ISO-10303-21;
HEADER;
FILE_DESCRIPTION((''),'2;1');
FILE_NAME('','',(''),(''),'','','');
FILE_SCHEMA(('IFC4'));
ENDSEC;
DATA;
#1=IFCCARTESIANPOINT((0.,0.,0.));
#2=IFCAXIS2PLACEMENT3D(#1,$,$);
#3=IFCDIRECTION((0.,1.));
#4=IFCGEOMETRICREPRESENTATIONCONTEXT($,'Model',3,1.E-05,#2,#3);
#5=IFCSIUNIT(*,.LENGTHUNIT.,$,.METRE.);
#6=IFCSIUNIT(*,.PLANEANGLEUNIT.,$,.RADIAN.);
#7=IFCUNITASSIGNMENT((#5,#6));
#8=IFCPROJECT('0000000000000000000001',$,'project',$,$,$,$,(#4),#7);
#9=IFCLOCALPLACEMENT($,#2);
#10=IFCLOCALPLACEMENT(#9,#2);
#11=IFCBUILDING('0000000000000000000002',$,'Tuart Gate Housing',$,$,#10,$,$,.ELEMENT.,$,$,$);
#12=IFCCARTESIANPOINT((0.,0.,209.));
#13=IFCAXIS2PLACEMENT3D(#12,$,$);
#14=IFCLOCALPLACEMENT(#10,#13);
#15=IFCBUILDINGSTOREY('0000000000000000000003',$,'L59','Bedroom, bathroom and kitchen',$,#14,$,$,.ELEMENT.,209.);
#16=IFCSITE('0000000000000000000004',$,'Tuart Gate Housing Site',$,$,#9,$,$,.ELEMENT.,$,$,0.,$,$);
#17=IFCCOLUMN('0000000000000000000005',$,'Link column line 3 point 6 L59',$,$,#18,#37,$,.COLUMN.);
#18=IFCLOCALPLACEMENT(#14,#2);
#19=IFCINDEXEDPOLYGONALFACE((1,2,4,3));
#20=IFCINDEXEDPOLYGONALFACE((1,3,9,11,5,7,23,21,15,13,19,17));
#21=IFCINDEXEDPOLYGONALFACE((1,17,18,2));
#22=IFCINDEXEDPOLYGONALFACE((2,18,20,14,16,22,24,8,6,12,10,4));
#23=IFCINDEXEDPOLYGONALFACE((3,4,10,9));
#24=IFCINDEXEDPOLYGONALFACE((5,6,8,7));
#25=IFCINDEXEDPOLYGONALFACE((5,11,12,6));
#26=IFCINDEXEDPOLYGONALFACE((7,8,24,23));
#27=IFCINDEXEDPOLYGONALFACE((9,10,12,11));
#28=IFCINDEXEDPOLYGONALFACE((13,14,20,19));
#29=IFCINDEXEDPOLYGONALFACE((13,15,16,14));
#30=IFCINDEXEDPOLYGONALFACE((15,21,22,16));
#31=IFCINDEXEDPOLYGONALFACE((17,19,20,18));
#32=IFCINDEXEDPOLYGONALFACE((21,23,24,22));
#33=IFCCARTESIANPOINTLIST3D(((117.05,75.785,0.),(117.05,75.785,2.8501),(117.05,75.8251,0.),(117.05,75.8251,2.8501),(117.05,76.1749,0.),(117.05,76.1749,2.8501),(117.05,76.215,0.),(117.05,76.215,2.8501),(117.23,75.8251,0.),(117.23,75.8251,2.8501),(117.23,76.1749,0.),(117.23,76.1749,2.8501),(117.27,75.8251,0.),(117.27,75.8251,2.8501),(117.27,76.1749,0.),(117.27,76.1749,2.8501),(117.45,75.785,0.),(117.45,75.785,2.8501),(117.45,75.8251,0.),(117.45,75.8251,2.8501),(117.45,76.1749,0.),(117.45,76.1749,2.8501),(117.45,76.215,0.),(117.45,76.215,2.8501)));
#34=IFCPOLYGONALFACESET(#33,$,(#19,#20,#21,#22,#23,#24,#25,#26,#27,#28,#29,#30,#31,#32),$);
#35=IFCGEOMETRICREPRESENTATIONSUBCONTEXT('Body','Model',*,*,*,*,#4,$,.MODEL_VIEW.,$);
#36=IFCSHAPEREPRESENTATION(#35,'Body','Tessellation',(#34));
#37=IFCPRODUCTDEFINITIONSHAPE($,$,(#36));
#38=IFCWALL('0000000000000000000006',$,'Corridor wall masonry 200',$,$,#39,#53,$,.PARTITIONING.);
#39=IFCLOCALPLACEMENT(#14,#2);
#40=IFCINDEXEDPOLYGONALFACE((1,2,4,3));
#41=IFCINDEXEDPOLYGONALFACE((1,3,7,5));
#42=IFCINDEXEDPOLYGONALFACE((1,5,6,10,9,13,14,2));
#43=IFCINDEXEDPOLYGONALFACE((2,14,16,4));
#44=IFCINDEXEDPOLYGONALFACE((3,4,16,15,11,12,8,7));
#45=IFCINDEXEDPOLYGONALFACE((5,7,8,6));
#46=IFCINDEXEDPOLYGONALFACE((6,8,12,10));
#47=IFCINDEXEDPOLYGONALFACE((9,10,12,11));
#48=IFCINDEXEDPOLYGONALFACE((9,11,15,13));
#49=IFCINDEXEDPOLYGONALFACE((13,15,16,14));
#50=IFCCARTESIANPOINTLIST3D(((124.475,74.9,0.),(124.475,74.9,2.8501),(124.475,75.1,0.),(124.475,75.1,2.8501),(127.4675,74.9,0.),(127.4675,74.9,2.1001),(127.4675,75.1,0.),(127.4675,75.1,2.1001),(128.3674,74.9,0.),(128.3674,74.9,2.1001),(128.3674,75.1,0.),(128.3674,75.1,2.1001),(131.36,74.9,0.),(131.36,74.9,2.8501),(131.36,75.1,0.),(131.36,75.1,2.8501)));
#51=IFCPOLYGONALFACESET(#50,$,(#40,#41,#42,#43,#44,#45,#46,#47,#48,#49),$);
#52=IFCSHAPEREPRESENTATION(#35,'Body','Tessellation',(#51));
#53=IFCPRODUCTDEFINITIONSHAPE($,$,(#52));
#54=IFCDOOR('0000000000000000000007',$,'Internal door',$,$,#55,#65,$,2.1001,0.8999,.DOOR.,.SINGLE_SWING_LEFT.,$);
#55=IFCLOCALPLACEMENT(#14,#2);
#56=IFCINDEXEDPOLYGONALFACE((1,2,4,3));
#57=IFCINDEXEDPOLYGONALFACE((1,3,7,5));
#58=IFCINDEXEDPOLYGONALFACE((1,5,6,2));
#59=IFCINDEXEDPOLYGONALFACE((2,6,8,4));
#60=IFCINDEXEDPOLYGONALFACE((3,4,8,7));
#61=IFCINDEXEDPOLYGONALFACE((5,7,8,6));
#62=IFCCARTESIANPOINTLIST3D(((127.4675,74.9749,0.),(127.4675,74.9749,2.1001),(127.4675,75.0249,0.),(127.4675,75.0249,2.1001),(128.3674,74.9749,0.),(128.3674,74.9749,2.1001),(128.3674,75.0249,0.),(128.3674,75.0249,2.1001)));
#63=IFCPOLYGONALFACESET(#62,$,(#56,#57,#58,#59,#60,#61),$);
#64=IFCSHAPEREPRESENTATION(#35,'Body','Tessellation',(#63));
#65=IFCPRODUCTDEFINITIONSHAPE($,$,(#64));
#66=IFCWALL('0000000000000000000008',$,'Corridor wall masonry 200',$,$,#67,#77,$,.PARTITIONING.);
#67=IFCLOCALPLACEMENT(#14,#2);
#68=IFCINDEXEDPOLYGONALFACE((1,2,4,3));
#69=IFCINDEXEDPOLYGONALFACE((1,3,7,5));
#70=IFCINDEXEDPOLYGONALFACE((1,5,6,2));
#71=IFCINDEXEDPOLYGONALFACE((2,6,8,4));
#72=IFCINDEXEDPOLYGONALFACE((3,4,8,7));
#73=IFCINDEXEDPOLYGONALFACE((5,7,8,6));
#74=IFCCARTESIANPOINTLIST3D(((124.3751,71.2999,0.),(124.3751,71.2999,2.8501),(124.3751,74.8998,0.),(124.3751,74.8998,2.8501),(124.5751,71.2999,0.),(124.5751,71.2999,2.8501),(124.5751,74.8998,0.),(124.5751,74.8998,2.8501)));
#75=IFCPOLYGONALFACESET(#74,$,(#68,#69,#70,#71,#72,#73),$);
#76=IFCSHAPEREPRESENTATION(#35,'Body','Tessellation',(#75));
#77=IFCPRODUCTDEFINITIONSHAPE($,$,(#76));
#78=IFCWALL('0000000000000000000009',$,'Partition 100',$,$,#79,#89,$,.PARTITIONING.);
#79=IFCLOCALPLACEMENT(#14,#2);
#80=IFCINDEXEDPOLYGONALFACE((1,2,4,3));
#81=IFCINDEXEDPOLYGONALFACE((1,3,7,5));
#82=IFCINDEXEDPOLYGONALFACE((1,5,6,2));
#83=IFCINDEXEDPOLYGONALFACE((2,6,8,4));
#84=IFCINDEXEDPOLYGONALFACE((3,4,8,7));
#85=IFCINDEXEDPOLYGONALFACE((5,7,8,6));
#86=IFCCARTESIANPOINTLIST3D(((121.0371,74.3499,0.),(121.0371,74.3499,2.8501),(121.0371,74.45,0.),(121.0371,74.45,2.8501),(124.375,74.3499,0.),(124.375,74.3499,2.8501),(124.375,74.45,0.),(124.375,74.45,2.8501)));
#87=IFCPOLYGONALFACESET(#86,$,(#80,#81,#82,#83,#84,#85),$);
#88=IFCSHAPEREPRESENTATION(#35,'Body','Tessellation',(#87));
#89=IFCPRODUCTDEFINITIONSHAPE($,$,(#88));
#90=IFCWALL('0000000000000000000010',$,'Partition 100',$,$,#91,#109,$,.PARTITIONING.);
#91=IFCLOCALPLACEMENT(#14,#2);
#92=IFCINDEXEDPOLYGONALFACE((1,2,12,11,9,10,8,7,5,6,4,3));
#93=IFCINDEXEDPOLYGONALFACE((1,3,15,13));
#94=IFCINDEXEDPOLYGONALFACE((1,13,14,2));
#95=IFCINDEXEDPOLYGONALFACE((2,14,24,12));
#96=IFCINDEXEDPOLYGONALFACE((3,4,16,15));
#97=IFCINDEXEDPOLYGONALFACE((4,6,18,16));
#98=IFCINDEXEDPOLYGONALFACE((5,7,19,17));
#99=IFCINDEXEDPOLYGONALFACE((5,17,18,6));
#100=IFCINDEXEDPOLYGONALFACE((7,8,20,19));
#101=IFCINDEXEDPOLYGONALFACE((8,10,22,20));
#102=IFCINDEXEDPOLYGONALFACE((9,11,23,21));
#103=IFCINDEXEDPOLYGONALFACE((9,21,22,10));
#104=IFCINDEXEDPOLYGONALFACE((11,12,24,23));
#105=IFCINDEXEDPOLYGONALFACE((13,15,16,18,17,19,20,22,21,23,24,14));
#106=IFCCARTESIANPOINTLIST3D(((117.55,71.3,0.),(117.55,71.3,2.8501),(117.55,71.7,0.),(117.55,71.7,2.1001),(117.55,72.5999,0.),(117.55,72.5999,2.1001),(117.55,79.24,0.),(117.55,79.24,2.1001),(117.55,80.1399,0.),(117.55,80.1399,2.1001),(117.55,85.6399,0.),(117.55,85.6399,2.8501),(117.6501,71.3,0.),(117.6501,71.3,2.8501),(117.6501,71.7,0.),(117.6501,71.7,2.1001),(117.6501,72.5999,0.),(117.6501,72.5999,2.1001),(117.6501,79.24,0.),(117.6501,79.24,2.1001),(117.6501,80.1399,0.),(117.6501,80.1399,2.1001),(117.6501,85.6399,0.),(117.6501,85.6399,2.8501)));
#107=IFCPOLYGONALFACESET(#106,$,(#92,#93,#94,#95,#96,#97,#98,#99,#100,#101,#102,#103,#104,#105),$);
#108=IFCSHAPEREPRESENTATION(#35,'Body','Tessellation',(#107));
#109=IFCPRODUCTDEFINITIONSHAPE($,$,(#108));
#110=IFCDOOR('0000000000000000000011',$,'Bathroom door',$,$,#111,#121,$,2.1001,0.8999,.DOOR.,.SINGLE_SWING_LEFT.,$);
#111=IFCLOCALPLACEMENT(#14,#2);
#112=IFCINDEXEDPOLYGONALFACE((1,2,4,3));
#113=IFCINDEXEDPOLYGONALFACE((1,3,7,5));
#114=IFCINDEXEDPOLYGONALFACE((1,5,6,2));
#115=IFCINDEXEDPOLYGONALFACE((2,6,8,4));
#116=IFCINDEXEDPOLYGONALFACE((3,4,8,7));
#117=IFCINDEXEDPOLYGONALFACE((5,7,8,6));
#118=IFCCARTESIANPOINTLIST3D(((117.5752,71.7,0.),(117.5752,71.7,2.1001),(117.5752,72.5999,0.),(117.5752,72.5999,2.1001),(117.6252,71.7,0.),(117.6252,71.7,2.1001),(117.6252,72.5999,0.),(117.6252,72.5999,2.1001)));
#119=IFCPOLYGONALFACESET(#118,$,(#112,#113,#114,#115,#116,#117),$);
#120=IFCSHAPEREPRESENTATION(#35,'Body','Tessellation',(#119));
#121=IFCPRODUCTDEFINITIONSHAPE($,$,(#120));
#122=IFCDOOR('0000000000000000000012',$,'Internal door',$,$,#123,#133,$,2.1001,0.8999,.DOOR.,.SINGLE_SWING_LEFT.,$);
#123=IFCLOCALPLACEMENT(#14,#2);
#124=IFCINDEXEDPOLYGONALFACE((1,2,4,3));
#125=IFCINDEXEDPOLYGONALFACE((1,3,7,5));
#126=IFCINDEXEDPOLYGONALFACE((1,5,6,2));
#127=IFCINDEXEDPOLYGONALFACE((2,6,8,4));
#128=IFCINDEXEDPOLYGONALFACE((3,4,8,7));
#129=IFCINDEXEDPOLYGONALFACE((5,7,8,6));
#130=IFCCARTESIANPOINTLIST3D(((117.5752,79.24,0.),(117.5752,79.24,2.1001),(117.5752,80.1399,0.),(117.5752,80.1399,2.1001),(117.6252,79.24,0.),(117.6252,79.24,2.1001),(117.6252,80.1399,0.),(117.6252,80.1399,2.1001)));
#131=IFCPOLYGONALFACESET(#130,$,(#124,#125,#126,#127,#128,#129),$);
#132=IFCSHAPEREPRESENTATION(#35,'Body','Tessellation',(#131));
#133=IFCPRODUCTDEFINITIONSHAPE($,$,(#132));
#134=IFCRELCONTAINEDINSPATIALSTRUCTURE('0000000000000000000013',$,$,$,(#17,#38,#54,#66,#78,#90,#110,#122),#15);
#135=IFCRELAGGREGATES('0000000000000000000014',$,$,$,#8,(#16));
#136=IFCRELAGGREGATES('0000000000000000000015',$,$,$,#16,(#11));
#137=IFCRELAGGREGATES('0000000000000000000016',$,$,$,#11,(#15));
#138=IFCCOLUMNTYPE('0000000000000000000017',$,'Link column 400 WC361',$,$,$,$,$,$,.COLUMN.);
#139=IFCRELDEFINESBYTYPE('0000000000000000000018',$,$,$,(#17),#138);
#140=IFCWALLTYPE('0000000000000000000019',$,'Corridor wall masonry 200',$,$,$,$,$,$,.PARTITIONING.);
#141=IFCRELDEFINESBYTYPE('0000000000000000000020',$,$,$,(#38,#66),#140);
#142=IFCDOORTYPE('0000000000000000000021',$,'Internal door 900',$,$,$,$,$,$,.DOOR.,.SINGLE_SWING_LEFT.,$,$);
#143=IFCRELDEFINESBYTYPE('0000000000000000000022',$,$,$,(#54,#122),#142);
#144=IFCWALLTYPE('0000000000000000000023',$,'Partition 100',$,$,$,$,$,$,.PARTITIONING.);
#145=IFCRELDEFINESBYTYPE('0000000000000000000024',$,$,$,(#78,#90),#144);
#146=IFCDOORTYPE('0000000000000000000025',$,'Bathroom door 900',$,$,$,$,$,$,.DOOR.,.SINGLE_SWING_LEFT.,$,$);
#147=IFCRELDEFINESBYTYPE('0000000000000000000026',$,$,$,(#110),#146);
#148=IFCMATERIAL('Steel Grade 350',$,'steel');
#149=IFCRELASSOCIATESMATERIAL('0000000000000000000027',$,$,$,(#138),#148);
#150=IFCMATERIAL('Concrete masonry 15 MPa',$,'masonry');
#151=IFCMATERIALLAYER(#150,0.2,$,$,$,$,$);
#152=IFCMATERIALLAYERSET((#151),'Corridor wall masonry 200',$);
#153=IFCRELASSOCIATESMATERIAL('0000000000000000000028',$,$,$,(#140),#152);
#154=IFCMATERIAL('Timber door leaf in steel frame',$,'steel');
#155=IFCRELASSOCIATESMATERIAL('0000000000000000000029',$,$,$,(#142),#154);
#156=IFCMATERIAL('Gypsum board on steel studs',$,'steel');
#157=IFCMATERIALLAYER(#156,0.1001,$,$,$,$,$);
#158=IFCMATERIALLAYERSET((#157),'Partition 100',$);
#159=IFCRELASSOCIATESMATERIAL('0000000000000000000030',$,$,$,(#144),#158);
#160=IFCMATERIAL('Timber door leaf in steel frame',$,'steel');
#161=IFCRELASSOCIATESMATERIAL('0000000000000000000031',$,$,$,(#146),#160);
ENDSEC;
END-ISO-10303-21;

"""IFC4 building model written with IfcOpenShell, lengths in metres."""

from ifc_helpers import new_model, si_unit, direction, frame, frame_2d, origin, origin_2d, place, context, subcontext, project, spatial, rectangle, i_section, extrude, material, layer, layer_set, material_profile, profile_set, type_object, element, fill, save


model = new_model("IFC4")

# Units and contexts
model_context = context("Model", 3, precision=1e-05, world=origin(), true_north=direction((0.0, 1.0)))
body_context = subcontext(model_context, "Body", "Model", "MODEL_VIEW")
ifc_project = project(units=[si_unit("LENGTHUNIT", "METRE"), si_unit("PLANEANGLEUNIT", "RADIAN")], contexts=[model_context])

# Site, building, storey
site_placement = place(None, origin())
site = spatial("IfcSite", under=ifc_project, at=site_placement, Name="Tuart Gate Housing Site", CompositionType="ELEMENT", RefElevation=0.0)
building_placement = place(site_placement, origin())
building = spatial("IfcBuilding", under=site, at=building_placement, Name="Tuart Gate Housing", CompositionType="ELEMENT")
storey_placement = place(building_placement, frame((0.0, 0.0, 209.0)))
storey = spatial("IfcBuildingStorey", under=building, at=storey_placement, Name="L59", Description="Bedroom, bathroom and kitchen", CompositionType="ELEMENT", Elevation=209.0)

# Column
ifc_material_1 = material(Name="Steel Grade 350", Category="steel")
ifc_material_profile = material_profile(ifc_material_1, i_section(OverallWidth=0.3999, OverallDepth=0.4299, WebThickness=0.04, FlangeThickness=0.04, at=origin_2d()), Name="400WC361")
ifc_profile_set = profile_set([ifc_material_profile], Name="Steel Grade 350")
column_type = type_object("IfcColumnType", Name="Link column 400 WC361", PredefinedType="COLUMN", material=ifc_profile_set)
column_placement = place(storey_placement, frame((117.25, 76.0, 0.0), z_axis=(0.0, 0.0, 1.0), x_axis=(1.0, 0.0, 0.0)))
element("IfcColumn", 1, at=column_placement, inside=storey, type_object=column_type, Name="Link column line 3 point 6 L59", PredefinedType="COLUMN", context=body_context, shape_type="SweptSolid", body=[
    extrude(i_section(OverallWidth=0.3999, OverallDepth=0.4299, WebThickness=0.04, FlangeThickness=0.04, at=origin_2d()), origin(), (0.0, 0.0, 1.0), 2.8501),
])

# Wall, opening, door
ifc_material_2 = material(Name="Concrete masonry 15 MPa", Category="masonry")
ifc_layer_1 = layer(ifc_material_2, 0.2)
ifc_layer_set_1 = layer_set([ifc_layer_1], Name="Corridor wall masonry 200")
wall_type_1 = type_object("IfcWallType", Name="Corridor wall masonry 200", PredefinedType="PARTITIONING", material=ifc_layer_set_1)
wall_1_placement = place(storey_placement, frame((124.4751, 75.0, 0.0), z_axis=(0.0, 0.0, 1.0), x_axis=(1.0, 0.0, 0.0)))
wall_1 = element("IfcWall", 2, at=wall_1_placement, inside=storey, type_object=wall_type_1, Name="Corridor wall masonry 200", PredefinedType="PARTITIONING", context=body_context, shape_type="SweptSolid", body=[
    extrude(rectangle(XDim=6.885, YDim=0.2, at=frame_2d((3.4424, 0.0))), origin(), (0.0, 0.0, 1.0), 2.8501),
])
opening_1_placement = place(wall_1_placement, frame((2.9924, 0.0, 0.0)))
opening_1 = element("IfcOpeningElement", 3, at=opening_1_placement, cuts=wall_1, PredefinedType="OPENING", context=body_context, shape_type="SweptSolid", body=[
    extrude(rectangle(XDim=0.8999, YDim=2.1001, at=frame_2d((0.45, 1.05))), frame((0.0, 0.1099, 0.0), z_axis=(0.0, -1.0, 0.0), x_axis=(1.0, 0.0, 0.0)), (0.0, 0.0, 1.0), 0.22),
])
ifc_material_3 = material(Name="Timber door leaf in steel frame", Category="steel")
door_type_1 = type_object("IfcDoorType", Name="Internal door 900", OperationType="SINGLE_SWING_LEFT", PredefinedType="DOOR", material=ifc_material_3)
door_1_placement = place(opening_1_placement, origin())
door_1 = element("IfcDoor", 4, at=door_1_placement, inside=storey, type_object=door_type_1, Name="Internal door", OperationType="SINGLE_SWING_LEFT", OverallHeight=2.1001, OverallWidth=0.8999, PredefinedType="DOOR", context=body_context, shape_type="SweptSolid", body=[
    extrude(rectangle(XDim=0.8999, YDim=2.1001, at=frame_2d((0.45, 1.05))), frame((0.0, 0.0249, 0.0), z_axis=(0.0, -1.0, 0.0), x_axis=(1.0, 0.0, 0.0)), (0.0, 0.0, 1.0), 0.05),
])
fill(opening_1, door_1)

# Walls
wall_2_placement = place(storey_placement, frame((124.4751, 71.3, 0.0), z_axis=(0.0, 0.0, 1.0), x_axis=(0.0, 1.0, 0.0)))
element("IfcWall", 5, at=wall_2_placement, inside=storey, type_object=wall_type_1, Name="Corridor wall masonry 200", PredefinedType="PARTITIONING", context=body_context, shape_type="SweptSolid", body=[
    extrude(rectangle(XDim=3.5999, YDim=0.2, at=frame_2d((1.7998, 0.0))), origin(), (0.0, 0.0, 1.0), 2.8501),
])
ifc_material_4 = material(Name="Gypsum board on steel studs", Category="steel")
ifc_layer_2 = layer(ifc_material_4, 0.1001)
ifc_layer_set_2 = layer_set([ifc_layer_2], Name="Partition 100")
wall_type_2 = type_object("IfcWallType", Name="Partition 100", PredefinedType="PARTITIONING", material=ifc_layer_set_2)
wall_3_placement = place(storey_placement, frame((121.0371, 74.3999, 0.0), z_axis=(0.0, 0.0, 1.0), x_axis=(1.0, 0.0, 0.0)))
element("IfcWall", 6, at=wall_3_placement, inside=storey, type_object=wall_type_2, Name="Partition 100", PredefinedType="PARTITIONING", context=body_context, shape_type="SweptSolid", body=[
    extrude(rectangle(XDim=3.3379, YDim=0.1001, at=frame_2d((1.6689, 0.0))), origin(), (0.0, 0.0, 1.0), 2.8501),
])

# Wall, openings, doors
wall_4_placement = place(storey_placement, frame((117.6001, 71.3, 0.0), z_axis=(0.0, 0.0, 1.0), x_axis=(0.0, 1.0, 0.0)))
wall_4 = element("IfcWall", 7, at=wall_4_placement, inside=storey, type_object=wall_type_2, Name="Partition 100", PredefinedType="PARTITIONING", context=body_context, shape_type="SweptSolid", body=[
    extrude(rectangle(XDim=14.3398, YDim=0.1001, at=frame_2d((7.1699, 0.0))), origin(), (0.0, 0.0, 1.0), 2.8501),
])
opening_2_placement = place(wall_4_placement, frame((7.9399, 0.0, 0.0)))
opening_2 = element("IfcOpeningElement", 8, at=opening_2_placement, cuts=wall_4, PredefinedType="OPENING", context=body_context, shape_type="SweptSolid", body=[
    extrude(rectangle(XDim=0.8999, YDim=2.1001, at=frame_2d((0.45, 1.05))), frame((0.0, 0.0601, 0.0), z_axis=(0.0, -1.0, 0.0), x_axis=(1.0, 0.0, 0.0)), (0.0, 0.0, 1.0), 0.1201),
])
opening_3_placement = place(wall_4_placement, frame((0.3999, 0.0, 0.0)))
opening_3 = element("IfcOpeningElement", 9, at=opening_3_placement, cuts=wall_4, PredefinedType="OPENING", context=body_context, shape_type="SweptSolid", body=[
    extrude(rectangle(XDim=0.8999, YDim=2.1001, at=frame_2d((0.45, 1.05))), frame((0.0, 0.0601, 0.0), z_axis=(0.0, -1.0, 0.0), x_axis=(1.0, 0.0, 0.0)), (0.0, 0.0, 1.0), 0.1201),
])
ifc_material_5 = material(Name="Timber door leaf in steel frame", Category="steel")
door_type_2 = type_object("IfcDoorType", Name="Bathroom door 900", OperationType="SINGLE_SWING_LEFT", PredefinedType="DOOR", material=ifc_material_5)
door_2_placement = place(opening_3_placement, origin())
door_2 = element("IfcDoor", 10, at=door_2_placement, inside=storey, type_object=door_type_2, Name="Bathroom door", OperationType="SINGLE_SWING_LEFT", OverallHeight=2.1001, OverallWidth=0.8999, PredefinedType="DOOR", context=body_context, shape_type="SweptSolid", body=[
    extrude(rectangle(XDim=0.8999, YDim=2.1001, at=frame_2d((0.45, 1.05))), frame((0.0, 0.0249, 0.0), z_axis=(0.0, -1.0, 0.0), x_axis=(1.0, 0.0, 0.0)), (0.0, 0.0, 1.0), 0.05),
])
fill(opening_3, door_2)
door_3_placement = place(opening_2_placement, origin())
door_3 = element("IfcDoor", 11, at=door_3_placement, inside=storey, type_object=door_type_1, Name="Internal door", OperationType="SINGLE_SWING_LEFT", OverallHeight=2.1001, OverallWidth=0.8999, PredefinedType="DOOR", context=body_context, shape_type="SweptSolid", body=[
    extrude(rectangle(XDim=0.8999, YDim=2.1001, at=frame_2d((0.45, 1.05))), frame((0.0, 0.0249, 0.0), z_axis=(0.0, -1.0, 0.0), x_axis=(1.0, 0.0, 0.0)), (0.0, 0.0, 1.0), 0.05),
])
fill(opening_2, door_3)

save(model, "model.ifc")
